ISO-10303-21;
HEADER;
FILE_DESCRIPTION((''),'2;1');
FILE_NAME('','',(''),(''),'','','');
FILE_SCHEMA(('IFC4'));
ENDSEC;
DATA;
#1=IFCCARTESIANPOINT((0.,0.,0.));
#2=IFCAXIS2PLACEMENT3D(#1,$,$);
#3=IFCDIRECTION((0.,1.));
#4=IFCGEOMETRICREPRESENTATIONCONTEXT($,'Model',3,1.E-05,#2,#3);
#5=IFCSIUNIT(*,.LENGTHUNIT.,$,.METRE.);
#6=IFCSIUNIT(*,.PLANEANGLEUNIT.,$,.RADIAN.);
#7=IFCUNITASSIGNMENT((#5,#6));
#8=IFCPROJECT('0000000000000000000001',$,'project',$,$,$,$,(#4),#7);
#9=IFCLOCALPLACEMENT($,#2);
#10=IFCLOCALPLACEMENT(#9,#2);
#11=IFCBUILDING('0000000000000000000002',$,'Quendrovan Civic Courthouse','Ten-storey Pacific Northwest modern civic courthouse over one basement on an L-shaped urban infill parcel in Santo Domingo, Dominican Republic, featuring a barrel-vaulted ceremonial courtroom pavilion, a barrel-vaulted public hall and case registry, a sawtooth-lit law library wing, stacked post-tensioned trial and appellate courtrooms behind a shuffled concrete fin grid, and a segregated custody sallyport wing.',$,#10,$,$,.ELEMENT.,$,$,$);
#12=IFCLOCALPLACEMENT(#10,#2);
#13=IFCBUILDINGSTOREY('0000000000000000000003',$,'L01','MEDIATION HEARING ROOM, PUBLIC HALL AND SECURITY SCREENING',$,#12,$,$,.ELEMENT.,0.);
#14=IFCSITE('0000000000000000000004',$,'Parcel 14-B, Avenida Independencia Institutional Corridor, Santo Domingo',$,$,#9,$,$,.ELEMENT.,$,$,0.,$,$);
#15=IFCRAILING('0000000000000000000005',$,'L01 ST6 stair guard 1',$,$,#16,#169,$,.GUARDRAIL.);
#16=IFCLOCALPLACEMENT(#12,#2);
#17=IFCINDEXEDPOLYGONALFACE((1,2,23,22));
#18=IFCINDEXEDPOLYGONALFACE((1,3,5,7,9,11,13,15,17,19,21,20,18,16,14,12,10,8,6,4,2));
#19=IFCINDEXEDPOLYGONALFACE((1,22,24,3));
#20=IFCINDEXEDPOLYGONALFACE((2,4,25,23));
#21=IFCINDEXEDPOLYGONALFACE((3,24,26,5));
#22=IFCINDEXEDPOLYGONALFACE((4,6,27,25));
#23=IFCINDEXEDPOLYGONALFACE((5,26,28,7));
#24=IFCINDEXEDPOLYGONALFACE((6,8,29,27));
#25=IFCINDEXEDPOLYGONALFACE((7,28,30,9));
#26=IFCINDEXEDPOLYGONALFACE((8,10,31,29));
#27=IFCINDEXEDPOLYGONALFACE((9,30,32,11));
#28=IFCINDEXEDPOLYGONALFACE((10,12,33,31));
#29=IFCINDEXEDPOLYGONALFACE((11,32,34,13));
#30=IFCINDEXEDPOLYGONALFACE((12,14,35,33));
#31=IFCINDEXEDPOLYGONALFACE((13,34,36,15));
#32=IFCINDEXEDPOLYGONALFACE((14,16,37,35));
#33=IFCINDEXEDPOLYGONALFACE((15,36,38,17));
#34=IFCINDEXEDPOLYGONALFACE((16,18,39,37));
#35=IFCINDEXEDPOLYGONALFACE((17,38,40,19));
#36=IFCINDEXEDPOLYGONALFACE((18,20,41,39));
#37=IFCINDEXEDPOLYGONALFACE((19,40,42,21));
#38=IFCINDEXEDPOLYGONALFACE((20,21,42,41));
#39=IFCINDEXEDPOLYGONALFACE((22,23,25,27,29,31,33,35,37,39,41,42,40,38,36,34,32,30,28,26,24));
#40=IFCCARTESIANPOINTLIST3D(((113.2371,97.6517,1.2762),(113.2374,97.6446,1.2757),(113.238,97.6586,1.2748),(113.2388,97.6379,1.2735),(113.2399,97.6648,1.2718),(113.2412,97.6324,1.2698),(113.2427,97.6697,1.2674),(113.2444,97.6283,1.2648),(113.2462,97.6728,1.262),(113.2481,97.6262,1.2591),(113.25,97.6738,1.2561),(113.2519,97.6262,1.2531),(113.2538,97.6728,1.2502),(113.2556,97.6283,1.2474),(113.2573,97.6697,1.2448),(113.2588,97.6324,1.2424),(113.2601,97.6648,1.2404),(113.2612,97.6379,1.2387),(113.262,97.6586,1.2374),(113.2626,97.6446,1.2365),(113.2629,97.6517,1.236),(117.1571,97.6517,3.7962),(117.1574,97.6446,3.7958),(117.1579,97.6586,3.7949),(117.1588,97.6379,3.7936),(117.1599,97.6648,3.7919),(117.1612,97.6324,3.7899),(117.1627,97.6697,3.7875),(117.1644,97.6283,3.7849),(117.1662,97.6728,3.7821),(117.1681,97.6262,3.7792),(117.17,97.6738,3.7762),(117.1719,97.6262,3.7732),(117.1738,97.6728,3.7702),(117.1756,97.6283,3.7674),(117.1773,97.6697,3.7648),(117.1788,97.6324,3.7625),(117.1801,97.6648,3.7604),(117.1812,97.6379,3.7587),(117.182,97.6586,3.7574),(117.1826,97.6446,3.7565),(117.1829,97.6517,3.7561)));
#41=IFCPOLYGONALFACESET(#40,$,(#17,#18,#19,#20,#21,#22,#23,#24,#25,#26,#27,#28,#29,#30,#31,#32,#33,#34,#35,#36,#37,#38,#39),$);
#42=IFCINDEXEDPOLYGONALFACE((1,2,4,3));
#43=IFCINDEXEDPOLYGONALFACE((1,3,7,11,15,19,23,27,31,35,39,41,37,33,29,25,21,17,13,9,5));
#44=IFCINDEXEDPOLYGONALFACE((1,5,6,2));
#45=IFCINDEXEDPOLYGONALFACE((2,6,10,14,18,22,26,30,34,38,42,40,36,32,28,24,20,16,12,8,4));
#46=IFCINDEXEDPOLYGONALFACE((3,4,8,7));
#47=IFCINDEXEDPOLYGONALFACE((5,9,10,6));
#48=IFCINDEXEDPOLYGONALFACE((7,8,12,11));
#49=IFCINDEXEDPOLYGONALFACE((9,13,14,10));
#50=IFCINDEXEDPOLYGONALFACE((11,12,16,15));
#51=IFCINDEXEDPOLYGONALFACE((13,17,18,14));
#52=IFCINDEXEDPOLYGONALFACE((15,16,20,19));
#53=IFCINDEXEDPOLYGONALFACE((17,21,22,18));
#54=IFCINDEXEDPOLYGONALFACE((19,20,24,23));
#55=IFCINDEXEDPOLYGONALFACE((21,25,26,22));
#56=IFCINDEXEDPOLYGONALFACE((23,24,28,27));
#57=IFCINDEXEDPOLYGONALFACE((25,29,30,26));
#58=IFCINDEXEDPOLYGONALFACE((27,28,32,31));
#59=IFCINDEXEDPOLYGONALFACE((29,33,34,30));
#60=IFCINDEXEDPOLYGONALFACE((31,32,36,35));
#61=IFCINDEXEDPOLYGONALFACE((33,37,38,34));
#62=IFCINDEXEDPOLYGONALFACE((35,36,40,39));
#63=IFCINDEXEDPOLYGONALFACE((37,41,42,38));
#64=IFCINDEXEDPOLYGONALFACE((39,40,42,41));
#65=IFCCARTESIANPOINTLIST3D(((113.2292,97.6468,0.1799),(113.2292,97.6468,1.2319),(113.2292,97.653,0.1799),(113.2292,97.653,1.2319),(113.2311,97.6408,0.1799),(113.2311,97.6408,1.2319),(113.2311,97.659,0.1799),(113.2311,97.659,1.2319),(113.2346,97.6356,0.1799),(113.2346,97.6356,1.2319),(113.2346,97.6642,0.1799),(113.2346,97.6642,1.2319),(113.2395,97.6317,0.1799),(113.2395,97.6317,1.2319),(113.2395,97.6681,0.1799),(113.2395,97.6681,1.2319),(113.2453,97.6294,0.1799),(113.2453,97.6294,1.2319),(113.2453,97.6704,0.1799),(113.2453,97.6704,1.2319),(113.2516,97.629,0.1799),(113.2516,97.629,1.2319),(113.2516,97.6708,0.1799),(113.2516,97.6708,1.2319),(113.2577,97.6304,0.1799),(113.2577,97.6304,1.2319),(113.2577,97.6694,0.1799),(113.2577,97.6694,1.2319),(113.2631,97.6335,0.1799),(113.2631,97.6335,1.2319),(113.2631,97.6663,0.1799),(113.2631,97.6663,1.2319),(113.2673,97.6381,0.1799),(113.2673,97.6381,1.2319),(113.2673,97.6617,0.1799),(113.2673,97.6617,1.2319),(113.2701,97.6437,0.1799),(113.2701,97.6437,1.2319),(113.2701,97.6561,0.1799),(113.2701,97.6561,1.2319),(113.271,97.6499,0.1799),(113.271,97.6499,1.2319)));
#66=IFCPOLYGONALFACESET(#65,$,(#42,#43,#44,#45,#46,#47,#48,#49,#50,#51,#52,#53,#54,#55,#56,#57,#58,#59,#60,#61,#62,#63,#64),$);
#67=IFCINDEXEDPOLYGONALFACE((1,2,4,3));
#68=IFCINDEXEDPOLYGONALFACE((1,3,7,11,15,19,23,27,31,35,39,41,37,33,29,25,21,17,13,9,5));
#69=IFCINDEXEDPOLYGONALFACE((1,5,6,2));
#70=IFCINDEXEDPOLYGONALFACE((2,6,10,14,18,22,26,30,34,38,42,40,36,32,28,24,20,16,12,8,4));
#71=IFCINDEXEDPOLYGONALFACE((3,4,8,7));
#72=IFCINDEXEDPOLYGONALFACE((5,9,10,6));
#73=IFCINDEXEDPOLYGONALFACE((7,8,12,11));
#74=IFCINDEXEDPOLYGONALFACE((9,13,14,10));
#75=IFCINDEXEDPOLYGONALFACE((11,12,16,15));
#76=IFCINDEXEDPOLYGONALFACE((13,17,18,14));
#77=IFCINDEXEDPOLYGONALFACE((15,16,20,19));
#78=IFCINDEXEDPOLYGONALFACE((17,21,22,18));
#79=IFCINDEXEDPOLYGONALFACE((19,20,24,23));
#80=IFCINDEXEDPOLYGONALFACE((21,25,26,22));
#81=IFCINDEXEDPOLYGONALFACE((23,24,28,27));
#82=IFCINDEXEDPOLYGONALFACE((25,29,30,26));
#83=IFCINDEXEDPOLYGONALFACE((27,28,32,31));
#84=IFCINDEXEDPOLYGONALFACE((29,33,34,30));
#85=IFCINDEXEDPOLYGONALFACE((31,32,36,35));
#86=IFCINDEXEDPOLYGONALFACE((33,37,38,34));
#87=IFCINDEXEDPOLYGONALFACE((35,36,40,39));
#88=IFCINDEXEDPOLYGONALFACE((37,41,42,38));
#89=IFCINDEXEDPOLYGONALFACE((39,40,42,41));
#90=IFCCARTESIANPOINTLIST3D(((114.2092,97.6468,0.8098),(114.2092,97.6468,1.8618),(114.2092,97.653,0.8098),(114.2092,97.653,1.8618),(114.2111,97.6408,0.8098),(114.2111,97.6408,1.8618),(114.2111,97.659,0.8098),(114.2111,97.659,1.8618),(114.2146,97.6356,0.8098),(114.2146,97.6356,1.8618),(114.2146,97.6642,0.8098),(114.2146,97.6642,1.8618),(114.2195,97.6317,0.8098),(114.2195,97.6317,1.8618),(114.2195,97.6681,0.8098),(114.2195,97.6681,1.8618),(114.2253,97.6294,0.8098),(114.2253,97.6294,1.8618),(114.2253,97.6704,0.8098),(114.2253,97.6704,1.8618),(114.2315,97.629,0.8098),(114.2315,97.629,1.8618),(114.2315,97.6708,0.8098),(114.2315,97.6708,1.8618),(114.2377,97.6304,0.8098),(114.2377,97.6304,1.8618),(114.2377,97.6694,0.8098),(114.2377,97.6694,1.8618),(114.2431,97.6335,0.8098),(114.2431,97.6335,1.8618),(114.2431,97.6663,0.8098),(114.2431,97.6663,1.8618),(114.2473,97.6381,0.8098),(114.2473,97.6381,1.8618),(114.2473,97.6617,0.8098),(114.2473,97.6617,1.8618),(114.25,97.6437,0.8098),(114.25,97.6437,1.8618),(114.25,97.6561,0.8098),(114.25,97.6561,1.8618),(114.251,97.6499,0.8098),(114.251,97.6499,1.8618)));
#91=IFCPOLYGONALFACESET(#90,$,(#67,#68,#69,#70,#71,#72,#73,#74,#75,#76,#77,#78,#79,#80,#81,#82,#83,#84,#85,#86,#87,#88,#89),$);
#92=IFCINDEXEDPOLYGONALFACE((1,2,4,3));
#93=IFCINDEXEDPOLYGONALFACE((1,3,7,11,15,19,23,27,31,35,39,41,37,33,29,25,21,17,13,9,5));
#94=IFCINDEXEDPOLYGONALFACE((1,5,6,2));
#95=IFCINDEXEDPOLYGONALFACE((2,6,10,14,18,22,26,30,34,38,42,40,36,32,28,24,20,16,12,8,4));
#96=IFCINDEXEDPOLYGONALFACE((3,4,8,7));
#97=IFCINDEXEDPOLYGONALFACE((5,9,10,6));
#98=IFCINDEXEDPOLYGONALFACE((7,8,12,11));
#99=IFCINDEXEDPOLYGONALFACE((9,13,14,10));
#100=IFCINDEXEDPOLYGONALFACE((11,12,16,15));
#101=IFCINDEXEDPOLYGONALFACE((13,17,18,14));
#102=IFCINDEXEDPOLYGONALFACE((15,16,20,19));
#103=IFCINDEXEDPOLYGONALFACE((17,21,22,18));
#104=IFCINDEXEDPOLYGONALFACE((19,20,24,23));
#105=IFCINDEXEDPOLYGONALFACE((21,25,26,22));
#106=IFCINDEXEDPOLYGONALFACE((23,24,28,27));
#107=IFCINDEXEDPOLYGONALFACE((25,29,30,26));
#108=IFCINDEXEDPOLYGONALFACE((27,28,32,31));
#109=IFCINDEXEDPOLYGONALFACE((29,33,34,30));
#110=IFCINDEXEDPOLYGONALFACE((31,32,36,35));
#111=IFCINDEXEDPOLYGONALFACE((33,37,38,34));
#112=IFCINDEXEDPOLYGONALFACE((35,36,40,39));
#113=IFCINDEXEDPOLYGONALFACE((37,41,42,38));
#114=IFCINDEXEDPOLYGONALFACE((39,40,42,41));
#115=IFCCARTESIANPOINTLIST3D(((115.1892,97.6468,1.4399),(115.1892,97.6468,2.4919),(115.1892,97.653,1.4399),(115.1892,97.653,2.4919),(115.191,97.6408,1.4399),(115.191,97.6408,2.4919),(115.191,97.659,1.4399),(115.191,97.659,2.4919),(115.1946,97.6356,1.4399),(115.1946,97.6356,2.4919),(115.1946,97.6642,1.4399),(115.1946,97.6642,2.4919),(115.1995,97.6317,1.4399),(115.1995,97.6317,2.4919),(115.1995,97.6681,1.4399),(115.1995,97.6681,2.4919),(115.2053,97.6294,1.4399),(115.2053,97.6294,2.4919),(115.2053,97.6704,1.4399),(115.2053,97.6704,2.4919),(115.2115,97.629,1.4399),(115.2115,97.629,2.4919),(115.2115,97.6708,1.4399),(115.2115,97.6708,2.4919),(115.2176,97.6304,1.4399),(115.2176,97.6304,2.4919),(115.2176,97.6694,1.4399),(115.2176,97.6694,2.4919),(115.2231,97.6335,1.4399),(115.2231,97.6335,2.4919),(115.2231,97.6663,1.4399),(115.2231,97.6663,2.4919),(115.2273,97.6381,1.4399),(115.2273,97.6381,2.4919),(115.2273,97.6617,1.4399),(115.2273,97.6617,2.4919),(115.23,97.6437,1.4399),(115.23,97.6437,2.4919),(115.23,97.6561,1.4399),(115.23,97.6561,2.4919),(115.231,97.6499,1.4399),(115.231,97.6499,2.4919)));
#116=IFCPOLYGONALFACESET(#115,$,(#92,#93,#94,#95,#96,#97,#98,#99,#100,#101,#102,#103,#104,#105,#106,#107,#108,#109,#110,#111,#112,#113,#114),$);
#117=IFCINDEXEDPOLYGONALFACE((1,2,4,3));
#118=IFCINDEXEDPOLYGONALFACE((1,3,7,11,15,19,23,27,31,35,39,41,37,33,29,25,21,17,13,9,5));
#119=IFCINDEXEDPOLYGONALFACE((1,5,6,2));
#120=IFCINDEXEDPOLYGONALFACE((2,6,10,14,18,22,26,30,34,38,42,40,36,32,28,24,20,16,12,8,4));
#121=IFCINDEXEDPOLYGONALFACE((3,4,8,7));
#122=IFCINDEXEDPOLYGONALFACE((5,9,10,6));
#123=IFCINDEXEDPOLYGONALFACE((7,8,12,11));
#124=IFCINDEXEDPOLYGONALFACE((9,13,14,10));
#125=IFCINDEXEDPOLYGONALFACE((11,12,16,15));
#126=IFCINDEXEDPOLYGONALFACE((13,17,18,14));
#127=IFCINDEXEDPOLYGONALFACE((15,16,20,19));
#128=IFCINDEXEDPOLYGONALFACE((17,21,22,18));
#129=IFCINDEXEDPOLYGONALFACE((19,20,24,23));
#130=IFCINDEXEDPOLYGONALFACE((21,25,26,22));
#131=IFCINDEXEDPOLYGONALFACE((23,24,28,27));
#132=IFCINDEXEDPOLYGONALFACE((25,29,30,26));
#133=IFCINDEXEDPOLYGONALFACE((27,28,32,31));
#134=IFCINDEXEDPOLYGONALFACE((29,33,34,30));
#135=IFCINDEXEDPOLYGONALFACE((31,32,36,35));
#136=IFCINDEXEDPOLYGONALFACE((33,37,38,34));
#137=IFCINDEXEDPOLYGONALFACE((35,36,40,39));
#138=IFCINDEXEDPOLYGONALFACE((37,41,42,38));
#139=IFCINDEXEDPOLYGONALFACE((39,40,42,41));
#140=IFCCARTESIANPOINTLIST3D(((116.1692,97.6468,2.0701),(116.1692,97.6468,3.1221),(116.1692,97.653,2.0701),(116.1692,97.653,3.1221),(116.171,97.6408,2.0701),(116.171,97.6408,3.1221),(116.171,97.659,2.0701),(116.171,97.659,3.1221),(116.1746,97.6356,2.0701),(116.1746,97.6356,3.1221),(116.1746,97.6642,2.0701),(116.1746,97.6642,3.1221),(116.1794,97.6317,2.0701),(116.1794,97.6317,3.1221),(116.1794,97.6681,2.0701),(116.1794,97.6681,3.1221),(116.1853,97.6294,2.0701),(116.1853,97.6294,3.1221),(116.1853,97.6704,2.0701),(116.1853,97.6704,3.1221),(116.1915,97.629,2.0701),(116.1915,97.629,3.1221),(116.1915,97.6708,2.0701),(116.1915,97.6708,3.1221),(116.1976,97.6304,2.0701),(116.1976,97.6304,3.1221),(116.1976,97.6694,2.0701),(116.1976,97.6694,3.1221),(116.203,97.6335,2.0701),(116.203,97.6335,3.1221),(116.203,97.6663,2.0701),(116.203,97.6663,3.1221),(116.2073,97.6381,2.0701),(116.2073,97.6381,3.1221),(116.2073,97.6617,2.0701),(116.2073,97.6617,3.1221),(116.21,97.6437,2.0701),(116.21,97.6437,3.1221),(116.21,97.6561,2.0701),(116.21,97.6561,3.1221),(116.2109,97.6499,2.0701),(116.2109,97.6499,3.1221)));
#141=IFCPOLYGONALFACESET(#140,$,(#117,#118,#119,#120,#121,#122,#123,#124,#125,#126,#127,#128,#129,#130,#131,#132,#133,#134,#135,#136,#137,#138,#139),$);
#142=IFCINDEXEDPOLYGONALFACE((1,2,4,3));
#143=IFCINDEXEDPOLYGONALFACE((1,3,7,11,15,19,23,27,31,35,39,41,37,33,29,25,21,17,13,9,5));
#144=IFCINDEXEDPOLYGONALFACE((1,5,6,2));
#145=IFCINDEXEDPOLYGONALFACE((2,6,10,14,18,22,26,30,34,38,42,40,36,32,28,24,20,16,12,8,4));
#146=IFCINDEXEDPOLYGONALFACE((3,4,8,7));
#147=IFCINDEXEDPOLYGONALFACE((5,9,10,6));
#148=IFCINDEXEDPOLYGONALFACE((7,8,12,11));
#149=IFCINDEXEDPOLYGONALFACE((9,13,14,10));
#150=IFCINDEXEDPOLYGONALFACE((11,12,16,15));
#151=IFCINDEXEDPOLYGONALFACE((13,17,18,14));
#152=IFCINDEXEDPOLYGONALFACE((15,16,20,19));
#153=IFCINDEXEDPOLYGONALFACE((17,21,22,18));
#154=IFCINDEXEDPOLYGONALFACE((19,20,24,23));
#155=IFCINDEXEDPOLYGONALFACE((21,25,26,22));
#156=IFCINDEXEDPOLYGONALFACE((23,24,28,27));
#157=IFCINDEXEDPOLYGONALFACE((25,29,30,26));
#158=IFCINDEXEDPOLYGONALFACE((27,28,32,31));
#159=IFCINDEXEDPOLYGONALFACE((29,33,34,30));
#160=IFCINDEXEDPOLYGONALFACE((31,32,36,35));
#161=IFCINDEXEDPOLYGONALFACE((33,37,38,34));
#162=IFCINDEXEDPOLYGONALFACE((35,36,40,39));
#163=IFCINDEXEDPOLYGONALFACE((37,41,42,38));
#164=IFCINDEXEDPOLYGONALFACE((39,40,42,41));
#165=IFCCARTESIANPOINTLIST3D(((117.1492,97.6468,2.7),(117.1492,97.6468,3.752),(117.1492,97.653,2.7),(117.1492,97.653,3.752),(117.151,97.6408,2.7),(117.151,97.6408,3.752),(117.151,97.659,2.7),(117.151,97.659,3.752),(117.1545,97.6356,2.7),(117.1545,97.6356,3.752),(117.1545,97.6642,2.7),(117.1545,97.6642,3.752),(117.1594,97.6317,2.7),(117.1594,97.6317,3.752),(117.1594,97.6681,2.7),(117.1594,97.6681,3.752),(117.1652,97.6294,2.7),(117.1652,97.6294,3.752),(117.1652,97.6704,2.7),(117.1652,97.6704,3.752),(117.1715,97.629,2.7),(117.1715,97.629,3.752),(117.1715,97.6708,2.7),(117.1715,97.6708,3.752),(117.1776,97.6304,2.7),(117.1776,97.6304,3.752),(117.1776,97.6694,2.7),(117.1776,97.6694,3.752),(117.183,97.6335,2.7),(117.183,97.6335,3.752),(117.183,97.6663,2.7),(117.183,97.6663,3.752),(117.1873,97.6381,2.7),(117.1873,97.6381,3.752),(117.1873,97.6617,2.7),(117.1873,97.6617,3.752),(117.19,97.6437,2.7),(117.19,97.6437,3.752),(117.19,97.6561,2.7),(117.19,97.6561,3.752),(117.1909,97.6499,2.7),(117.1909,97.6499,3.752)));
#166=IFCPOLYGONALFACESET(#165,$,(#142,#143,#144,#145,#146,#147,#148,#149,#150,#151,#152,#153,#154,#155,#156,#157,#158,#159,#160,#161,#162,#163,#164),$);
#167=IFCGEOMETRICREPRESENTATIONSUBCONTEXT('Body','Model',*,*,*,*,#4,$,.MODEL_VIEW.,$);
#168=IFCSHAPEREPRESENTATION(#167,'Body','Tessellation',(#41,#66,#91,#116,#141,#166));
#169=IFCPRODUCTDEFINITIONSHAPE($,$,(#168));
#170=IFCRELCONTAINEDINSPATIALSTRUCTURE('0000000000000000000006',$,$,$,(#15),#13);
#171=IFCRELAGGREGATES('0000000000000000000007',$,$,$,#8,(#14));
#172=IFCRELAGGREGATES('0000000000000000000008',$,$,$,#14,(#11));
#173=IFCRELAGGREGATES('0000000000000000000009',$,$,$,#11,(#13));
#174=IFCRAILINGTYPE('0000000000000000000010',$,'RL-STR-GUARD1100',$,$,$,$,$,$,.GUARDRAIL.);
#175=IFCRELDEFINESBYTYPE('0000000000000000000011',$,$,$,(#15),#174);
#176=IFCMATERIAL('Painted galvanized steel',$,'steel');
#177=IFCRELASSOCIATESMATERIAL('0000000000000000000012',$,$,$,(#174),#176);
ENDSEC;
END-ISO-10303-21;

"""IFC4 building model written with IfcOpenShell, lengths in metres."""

from ifc_helpers import new_model, si_unit, direction, frame, origin, origin_2d, place, context, subcontext, project, spatial, circle, extrude, material, type_object, element, save


model = new_model("IFC4")

# Units and contexts
model_context = context("Model", 3, precision=1e-05, world=origin(), true_north=direction((0.0, 1.0)))
body_context = subcontext(model_context, "Body", "Model", "MODEL_VIEW")
ifc_project = project(units=[si_unit("LENGTHUNIT", "METRE"), si_unit("PLANEANGLEUNIT", "RADIAN")], contexts=[model_context])

# Site, building, storey
site_placement = place(None, origin())
site = spatial("IfcSite", under=ifc_project, at=site_placement, Name="Parcel 14-B, Avenida Independencia Institutional Corridor, Santo Domingo", CompositionType="ELEMENT", RefElevation=0.0)
building_placement = place(site_placement, origin())
building = spatial("IfcBuilding", under=site, at=building_placement, Name="Quendrovan Civic Courthouse", Description="Ten-storey Pacific Northwest modern civic courthouse over one basement on an L-shaped urban infill parcel in Santo Domingo, Dominican Republic, featuring a barrel-vaulted ceremonial courtroom pavilion, a barrel-vaulted public hall and case registry, a sawtooth-lit law library wing, stacked post-tensioned trial and appellate courtrooms behind a shuffled concrete fin grid, and a segregated custody sallyport wing.", CompositionType="ELEMENT")
storey_placement = place(building_placement, origin())
storey = spatial("IfcBuildingStorey", under=building, at=storey_placement, Name="L01", Description="MEDIATION HEARING ROOM, PUBLIC HALL AND SECURITY SCREENING", CompositionType="ELEMENT", Elevation=0.0)

# Railing
ifc_material_1 = material(Name="Painted galvanized steel", Category="steel")
railing_type_1 = type_object("IfcRailingType", Name="RL-STR-GUARD1100", PredefinedType="GUARDRAIL", material=ifc_material_1)
railing_1_placement = place(storey_placement, frame((113.25, 97.6499, 0.1799)))
element("IfcRailing", 1, at=railing_1_placement, inside=storey, type_object=railing_type_1, Name="L01 ST6 stair guard 1", PredefinedType="GUARDRAIL", context=body_context, shape_type="SweptSolid", body=[
    extrude(circle(Radius=0.0239, at=origin_2d()), frame((0.0, 0.0, 1.0762), z_axis=(0.841172, 0.0, 0.540768), x_axis=(0.0, 1.0, 0.0)), (0.0, 0.0, 1.0), 4.6602),
    extrude(circle(Radius=0.021, at=origin_2d()), origin(), (0.0, 0.0, 1.0), 1.052),
    extrude(circle(Radius=0.021, at=origin_2d()), frame((0.98, 0.0, 0.6299)), (0.0, 0.0, 1.0), 1.052),
    extrude(circle(Radius=0.021, at=origin_2d()), frame((1.96, 0.0, 1.26)), (0.0, 0.0, 1.0), 1.052),
    extrude(circle(Radius=0.021, at=origin_2d()), frame((2.9399, 0.0, 1.8901)), (0.0, 0.0, 1.0), 1.052),
    extrude(circle(Radius=0.021, at=origin_2d()), frame((3.9199, 0.0, 2.52)), (0.0, 0.0, 1.0), 1.052),
])

save(model, "model.ifc")
